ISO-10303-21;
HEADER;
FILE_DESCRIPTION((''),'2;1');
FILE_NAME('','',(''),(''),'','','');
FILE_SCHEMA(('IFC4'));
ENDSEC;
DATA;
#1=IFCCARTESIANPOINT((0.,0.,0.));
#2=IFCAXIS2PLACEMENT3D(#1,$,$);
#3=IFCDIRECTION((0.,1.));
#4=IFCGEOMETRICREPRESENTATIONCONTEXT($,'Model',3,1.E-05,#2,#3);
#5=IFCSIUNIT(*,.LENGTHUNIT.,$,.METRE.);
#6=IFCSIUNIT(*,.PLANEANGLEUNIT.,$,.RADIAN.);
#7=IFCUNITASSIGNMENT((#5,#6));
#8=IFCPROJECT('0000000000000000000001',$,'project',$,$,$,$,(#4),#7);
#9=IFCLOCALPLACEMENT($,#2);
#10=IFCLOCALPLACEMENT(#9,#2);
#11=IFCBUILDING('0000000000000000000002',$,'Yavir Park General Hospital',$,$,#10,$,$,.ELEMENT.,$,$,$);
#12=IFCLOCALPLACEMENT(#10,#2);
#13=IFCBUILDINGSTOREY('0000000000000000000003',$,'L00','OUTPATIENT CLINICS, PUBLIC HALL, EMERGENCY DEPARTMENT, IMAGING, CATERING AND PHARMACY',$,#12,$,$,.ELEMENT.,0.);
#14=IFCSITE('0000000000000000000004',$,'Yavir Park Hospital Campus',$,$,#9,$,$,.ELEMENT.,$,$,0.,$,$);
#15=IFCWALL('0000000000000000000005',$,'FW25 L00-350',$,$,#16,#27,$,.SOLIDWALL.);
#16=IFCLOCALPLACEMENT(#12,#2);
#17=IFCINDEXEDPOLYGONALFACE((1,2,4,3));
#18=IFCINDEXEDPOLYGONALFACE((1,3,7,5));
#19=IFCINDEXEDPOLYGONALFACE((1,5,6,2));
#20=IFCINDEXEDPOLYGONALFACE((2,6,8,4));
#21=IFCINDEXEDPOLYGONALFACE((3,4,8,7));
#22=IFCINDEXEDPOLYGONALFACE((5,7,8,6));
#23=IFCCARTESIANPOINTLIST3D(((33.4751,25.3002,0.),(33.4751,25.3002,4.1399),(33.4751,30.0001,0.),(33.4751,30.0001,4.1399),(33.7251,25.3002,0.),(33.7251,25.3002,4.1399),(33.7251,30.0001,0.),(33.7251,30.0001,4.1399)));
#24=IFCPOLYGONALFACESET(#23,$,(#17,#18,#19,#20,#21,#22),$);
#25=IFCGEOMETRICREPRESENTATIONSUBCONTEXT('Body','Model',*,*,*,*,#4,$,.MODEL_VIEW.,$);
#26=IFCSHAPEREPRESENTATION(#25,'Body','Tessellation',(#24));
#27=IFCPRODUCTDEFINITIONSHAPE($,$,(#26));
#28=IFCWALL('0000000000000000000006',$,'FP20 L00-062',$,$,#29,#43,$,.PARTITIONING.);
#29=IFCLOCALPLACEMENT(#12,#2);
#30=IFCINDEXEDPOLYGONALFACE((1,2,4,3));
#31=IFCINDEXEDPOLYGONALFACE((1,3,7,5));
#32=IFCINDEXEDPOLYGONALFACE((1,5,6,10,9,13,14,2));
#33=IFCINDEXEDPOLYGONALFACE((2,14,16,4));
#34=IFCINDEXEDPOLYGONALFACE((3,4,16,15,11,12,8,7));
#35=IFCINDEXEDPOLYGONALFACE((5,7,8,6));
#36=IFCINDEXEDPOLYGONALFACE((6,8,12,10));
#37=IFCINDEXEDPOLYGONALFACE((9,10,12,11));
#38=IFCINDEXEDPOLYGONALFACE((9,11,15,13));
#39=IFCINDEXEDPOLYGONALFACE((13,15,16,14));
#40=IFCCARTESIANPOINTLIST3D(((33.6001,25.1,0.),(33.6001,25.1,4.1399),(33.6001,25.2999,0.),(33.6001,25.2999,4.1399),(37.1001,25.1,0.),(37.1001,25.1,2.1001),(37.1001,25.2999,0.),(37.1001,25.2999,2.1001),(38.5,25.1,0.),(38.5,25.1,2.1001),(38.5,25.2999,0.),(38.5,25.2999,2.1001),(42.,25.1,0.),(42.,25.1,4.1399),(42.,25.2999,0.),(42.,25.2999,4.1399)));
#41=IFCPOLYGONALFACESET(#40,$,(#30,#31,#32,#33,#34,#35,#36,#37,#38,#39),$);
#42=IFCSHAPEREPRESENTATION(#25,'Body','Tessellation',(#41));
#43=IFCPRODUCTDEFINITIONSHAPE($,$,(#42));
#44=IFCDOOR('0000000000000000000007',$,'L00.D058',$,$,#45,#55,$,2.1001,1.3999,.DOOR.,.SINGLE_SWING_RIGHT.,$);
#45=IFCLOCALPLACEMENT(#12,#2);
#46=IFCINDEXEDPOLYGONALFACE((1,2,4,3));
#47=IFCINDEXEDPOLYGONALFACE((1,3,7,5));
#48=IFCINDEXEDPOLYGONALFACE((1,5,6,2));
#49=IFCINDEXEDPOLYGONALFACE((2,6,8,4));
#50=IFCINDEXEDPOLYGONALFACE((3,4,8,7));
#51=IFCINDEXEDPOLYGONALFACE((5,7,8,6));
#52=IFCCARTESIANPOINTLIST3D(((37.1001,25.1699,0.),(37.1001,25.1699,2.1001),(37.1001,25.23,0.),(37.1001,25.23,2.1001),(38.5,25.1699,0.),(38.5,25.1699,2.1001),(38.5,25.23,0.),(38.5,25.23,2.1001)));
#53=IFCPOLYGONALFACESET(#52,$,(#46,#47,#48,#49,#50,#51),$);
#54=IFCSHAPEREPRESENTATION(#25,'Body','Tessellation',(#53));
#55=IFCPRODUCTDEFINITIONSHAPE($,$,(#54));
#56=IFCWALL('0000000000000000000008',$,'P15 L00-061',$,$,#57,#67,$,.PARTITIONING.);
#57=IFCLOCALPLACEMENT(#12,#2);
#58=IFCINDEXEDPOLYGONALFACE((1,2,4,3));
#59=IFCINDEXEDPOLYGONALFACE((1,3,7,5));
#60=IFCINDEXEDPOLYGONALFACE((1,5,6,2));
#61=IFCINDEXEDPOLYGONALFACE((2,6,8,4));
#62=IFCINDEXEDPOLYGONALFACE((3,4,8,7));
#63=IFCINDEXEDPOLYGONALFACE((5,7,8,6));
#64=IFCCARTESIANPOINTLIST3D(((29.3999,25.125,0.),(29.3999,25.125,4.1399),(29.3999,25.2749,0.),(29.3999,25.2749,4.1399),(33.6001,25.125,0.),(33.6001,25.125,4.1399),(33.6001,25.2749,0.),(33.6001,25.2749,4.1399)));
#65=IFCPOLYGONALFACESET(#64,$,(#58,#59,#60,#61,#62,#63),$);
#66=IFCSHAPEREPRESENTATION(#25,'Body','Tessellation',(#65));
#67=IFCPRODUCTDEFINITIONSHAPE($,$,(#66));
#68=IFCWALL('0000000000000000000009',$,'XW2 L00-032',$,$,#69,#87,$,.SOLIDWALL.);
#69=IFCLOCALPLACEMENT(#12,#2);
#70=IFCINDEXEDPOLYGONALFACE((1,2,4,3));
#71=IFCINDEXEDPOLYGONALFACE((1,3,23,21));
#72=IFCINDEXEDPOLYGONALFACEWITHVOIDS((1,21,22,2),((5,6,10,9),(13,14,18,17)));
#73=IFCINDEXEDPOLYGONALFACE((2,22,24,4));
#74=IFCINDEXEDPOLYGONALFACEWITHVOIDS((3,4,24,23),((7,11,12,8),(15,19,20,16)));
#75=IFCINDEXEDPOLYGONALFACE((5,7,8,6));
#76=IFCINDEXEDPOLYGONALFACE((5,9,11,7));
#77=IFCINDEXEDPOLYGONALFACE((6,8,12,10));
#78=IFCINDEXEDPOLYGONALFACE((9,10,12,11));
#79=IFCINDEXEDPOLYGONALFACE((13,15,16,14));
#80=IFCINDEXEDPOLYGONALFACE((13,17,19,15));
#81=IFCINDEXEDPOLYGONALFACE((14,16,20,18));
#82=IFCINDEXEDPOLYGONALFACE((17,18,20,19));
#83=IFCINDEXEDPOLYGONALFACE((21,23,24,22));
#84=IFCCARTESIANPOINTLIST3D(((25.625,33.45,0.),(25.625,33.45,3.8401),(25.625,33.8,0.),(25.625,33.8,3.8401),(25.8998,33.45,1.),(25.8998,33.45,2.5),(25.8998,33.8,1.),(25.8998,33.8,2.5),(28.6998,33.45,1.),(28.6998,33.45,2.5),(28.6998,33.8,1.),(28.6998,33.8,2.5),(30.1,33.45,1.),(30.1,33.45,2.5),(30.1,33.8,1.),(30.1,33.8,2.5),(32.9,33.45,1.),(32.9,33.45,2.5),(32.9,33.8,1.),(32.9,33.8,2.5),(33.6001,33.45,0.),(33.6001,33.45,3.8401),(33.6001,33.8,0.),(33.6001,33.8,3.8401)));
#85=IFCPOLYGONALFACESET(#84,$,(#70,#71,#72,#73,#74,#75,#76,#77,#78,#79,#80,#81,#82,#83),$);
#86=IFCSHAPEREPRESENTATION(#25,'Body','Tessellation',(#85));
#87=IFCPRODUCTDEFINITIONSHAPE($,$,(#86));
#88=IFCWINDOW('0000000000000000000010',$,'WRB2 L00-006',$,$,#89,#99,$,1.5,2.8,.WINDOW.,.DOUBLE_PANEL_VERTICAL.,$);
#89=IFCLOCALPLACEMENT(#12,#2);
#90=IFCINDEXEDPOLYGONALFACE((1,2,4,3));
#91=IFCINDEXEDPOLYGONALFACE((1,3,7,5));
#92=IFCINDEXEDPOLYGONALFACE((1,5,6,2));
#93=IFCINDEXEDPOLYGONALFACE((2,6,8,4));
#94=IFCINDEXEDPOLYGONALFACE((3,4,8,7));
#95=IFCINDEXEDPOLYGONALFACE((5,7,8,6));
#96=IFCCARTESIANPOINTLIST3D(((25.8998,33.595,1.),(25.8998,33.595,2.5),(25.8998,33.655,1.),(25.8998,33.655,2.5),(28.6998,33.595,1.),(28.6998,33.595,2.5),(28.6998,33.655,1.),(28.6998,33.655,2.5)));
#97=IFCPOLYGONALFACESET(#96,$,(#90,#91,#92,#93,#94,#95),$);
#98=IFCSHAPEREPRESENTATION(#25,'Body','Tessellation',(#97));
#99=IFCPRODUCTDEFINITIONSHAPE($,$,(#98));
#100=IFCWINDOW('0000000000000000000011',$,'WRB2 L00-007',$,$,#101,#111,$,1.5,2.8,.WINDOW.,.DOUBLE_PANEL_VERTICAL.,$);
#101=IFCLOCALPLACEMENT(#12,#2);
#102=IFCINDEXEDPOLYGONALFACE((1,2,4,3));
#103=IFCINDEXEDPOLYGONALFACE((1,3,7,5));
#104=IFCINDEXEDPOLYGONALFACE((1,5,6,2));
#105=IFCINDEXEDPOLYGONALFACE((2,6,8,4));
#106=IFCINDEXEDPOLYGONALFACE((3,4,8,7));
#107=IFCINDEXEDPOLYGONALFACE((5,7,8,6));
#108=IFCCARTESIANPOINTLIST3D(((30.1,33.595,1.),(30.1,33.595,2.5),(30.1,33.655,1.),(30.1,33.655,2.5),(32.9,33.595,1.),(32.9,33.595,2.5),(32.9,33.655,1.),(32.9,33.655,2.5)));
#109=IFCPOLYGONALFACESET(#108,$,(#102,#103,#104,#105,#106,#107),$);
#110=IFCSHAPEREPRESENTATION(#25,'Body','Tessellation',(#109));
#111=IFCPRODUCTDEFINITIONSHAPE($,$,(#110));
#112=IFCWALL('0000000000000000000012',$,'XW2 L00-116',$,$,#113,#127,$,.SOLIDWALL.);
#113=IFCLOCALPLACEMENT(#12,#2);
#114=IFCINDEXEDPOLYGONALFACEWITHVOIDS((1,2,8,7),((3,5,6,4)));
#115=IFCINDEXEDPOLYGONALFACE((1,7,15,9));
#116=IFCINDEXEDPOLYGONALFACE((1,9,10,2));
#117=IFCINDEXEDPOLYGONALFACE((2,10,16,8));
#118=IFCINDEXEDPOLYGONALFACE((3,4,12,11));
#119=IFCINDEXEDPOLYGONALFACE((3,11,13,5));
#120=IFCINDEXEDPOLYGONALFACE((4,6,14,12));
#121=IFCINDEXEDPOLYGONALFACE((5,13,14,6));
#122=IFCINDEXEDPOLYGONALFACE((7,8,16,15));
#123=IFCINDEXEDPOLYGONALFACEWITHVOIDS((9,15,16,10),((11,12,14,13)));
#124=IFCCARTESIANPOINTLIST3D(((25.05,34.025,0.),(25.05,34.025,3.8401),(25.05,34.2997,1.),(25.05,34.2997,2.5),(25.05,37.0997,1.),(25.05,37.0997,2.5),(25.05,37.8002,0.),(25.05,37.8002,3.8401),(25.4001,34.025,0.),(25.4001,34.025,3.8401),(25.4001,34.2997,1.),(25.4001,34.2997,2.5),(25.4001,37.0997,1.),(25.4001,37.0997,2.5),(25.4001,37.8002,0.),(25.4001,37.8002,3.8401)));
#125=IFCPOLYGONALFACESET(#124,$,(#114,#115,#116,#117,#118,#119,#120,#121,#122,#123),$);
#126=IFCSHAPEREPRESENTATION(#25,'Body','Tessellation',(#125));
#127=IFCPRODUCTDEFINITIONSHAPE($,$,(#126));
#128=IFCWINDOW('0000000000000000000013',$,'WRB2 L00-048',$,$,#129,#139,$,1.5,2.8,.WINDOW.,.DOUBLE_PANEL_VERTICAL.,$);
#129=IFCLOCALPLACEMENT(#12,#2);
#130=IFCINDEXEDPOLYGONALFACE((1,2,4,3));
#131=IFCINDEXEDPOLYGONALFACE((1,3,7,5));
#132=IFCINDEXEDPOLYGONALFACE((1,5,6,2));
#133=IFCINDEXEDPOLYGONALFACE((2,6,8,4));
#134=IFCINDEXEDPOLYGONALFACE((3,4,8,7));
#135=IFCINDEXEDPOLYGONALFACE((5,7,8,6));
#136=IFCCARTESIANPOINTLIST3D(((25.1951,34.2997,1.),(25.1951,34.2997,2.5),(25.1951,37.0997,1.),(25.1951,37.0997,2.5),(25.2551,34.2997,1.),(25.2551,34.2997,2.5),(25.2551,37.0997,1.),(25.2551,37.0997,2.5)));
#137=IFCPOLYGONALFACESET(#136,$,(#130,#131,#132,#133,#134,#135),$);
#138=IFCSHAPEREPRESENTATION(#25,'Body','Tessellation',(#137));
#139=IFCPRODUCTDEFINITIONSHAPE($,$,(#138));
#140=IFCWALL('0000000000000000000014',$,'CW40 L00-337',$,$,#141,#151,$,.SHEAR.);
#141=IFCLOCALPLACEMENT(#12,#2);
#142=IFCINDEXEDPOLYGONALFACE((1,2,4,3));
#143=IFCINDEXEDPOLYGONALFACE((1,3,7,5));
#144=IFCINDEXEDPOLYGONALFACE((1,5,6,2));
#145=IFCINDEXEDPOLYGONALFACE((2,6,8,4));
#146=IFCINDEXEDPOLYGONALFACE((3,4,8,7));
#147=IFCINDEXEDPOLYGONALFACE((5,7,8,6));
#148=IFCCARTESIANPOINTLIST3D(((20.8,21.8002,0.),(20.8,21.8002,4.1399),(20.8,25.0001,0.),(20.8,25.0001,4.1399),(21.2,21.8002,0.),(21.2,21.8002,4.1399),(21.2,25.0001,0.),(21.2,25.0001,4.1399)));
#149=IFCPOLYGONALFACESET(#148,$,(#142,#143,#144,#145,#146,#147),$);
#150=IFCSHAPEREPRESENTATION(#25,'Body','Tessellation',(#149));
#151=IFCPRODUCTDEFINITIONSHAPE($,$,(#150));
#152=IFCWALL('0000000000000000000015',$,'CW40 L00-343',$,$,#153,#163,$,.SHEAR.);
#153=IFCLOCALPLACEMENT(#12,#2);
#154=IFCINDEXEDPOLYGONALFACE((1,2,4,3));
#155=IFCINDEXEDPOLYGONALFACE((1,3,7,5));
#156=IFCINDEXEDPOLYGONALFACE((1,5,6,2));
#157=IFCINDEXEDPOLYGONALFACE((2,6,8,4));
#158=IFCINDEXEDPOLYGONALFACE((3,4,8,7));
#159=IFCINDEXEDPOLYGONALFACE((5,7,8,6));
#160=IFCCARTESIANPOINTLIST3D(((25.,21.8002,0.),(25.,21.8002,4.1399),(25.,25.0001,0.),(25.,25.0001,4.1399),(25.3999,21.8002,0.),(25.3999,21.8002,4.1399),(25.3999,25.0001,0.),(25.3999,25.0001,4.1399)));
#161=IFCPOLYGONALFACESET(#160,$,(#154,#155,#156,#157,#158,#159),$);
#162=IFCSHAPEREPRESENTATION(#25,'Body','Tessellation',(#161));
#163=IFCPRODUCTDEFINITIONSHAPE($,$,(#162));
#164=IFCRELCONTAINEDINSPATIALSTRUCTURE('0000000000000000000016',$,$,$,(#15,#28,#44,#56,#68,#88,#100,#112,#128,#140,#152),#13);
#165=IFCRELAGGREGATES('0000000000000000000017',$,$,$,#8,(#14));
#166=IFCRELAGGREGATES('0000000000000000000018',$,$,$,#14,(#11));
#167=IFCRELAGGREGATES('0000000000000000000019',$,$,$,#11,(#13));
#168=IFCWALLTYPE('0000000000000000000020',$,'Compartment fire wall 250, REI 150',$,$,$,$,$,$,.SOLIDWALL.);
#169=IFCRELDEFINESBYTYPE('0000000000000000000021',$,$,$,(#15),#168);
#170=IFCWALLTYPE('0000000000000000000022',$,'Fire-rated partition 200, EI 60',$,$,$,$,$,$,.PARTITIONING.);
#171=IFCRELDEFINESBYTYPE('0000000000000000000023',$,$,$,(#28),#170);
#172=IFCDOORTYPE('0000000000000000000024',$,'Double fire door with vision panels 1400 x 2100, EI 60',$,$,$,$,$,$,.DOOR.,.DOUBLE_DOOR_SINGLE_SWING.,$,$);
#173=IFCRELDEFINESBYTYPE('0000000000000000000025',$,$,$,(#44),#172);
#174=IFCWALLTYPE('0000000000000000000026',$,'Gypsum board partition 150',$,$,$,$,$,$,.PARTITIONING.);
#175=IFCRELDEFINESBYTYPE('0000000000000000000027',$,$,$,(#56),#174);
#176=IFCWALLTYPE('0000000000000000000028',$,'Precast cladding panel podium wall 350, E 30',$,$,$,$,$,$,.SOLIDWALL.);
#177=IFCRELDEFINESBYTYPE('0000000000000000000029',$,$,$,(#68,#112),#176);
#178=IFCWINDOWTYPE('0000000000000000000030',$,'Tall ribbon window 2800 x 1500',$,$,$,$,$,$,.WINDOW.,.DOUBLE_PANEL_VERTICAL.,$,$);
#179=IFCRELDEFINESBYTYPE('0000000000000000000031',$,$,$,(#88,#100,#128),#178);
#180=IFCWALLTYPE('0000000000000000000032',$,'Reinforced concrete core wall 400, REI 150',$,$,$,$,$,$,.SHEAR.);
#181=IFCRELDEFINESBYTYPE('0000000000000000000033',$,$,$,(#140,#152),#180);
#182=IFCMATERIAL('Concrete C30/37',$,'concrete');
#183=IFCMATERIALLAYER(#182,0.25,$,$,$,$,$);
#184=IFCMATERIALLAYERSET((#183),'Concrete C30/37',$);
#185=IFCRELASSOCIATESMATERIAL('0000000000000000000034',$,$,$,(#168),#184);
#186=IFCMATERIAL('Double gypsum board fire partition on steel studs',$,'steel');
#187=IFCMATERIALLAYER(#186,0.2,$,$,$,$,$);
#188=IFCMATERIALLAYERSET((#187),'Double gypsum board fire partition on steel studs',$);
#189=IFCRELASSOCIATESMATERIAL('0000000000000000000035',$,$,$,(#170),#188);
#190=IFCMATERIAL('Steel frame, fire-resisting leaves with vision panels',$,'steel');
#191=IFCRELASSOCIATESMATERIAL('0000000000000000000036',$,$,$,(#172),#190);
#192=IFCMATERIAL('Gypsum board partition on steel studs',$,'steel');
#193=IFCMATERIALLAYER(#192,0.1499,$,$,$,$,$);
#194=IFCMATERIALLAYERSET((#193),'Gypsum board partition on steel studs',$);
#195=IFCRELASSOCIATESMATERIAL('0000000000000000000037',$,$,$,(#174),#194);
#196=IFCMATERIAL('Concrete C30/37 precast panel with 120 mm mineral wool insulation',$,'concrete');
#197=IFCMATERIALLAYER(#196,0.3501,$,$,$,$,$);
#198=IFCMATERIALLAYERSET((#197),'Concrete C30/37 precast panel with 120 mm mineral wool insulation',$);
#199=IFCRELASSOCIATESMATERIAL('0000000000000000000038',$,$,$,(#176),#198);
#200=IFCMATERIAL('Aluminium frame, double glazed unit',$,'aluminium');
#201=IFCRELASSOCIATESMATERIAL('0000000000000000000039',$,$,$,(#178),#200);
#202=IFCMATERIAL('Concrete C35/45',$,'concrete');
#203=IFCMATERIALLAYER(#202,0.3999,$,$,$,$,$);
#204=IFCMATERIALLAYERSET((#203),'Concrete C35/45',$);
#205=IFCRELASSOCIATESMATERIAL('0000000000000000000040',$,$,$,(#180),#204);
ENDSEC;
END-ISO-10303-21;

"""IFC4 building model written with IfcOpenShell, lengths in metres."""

from ifc_helpers import new_model, si_unit, direction, frame, frame_2d, origin, place, context, subcontext, project, spatial, rectangle, extrude, material, layer, layer_set, type_object, element, fill, save


model = new_model("IFC4")

# Units and contexts
model_context = context("Model", 3, precision=1e-05, world=origin(), true_north=direction((0.0, 1.0)))
body_context = subcontext(model_context, "Body", "Model", "MODEL_VIEW")
ifc_project = project(units=[si_unit("LENGTHUNIT", "METRE"), si_unit("PLANEANGLEUNIT", "RADIAN")], contexts=[model_context])

# Site, building, storey
site_placement = place(None, origin())
site = spatial("IfcSite", under=ifc_project, at=site_placement, Name="Yavir Park Hospital Campus", CompositionType="ELEMENT", RefElevation=0.0)
building_placement = place(site_placement, origin())
building = spatial("IfcBuilding", under=site, at=building_placement, Name="Yavir Park General Hospital", CompositionType="ELEMENT")
storey_placement = place(building_placement, origin())
storey = spatial("IfcBuildingStorey", under=building, at=storey_placement, Name="L00", Description="OUTPATIENT CLINICS, PUBLIC HALL, EMERGENCY DEPARTMENT, IMAGING, CATERING AND PHARMACY", CompositionType="ELEMENT", Elevation=0.0)

# Wall
ifc_material_1 = material(Name="Concrete C30/37", Category="concrete")
ifc_layer_1 = layer(ifc_material_1, 0.25)
ifc_layer_set_1 = layer_set([ifc_layer_1], Name="Concrete C30/37")
wall_type_1 = type_object("IfcWallType", Name="Compartment fire wall 250, REI 150", PredefinedType="SOLIDWALL", material=ifc_layer_set_1)
wall_1_placement = place(storey_placement, frame((33.6001, 25.3, 0.0), z_axis=(0.0, 0.0, 1.0), x_axis=(0.0, 1.0, 0.0)))
element("IfcWall", 1, at=wall_1_placement, inside=storey, type_object=wall_type_1, Name="FW25 L00-350", PredefinedType="SOLIDWALL", context=body_context, shape_type="SweptSolid", body=[
    extrude(rectangle(XDim=4.7, YDim=0.25, at=frame_2d((2.3501, 0.0))), origin(), (0.0, 0.0, 1.0), 4.1399),
])

# Wall, opening, door
ifc_material_2 = material(Name="Double gypsum board fire partition on steel studs", Category="steel")
ifc_layer_2 = layer(ifc_material_2, 0.2)
ifc_layer_set_2 = layer_set([ifc_layer_2], Name="Double gypsum board fire partition on steel studs")
wall_type_2 = type_object("IfcWallType", Name="Fire-rated partition 200, EI 60", PredefinedType="PARTITIONING", material=ifc_layer_set_2)
wall_2_placement = place(storey_placement, frame((33.6001, 25.2, 0.0), z_axis=(0.0, 0.0, 1.0), x_axis=(1.0, 0.0, 0.0)))
wall_2 = element("IfcWall", 2, at=wall_2_placement, inside=storey, type_object=wall_type_2, Name="FP20 L00-062", PredefinedType="PARTITIONING", context=body_context, shape_type="SweptSolid", body=[
    extrude(rectangle(XDim=8.3999, YDim=0.2, at=frame_2d((4.2, 0.0))), origin(), (0.0, 0.0, 1.0), 4.1399),
])
opening_1_placement = place(wall_2_placement, frame((3.5, 0.0, 0.0)))
opening_1 = element("IfcOpeningElement", 3, at=opening_1_placement, cuts=wall_2, PredefinedType="OPENING", context=body_context, shape_type="SweptSolid", body=[
    extrude(rectangle(XDim=1.3999, YDim=2.1001, at=frame_2d((0.7, 1.05))), frame((0.0, 0.1099, 0.0), z_axis=(0.0, -1.0, 0.0), x_axis=(1.0, 0.0, 0.0)), (0.0, 0.0, 1.0), 0.22),
])
ifc_material_3 = material(Name="Steel frame, fire-resisting leaves with vision panels", Category="steel")
door_type_1 = type_object("IfcDoorType", Name="Double fire door with vision panels 1400 x 2100, EI 60", OperationType="DOUBLE_DOOR_SINGLE_SWING", PredefinedType="DOOR", material=ifc_material_3)
door_1_placement = place(opening_1_placement, origin())
door_1 = element("IfcDoor", 4, at=door_1_placement, inside=storey, type_object=door_type_1, Name="L00.D058", OperationType="SINGLE_SWING_RIGHT", OverallHeight=2.1001, OverallWidth=1.3999, PredefinedType="DOOR", context=body_context, shape_type="SweptSolid", body=[
    extrude(rectangle(XDim=1.3999, YDim=2.1001, at=frame_2d((0.7, 1.05))), frame((0.0, 0.03, 0.0), z_axis=(0.0, -1.0, 0.0), x_axis=(1.0, 0.0, 0.0)), (0.0, 0.0, 1.0), 0.0601),
])
fill(opening_1, door_1)

# Wall
ifc_material_4 = material(Name="Gypsum board partition on steel studs", Category="steel")
ifc_layer_3 = layer(ifc_material_4, 0.1499)
ifc_layer_set_3 = layer_set([ifc_layer_3], Name="Gypsum board partition on steel studs")
wall_type_3 = type_object("IfcWallType", Name="Gypsum board partition 150", PredefinedType="PARTITIONING", material=ifc_layer_set_3)
wall_3_placement = place(storey_placement, frame((29.3999, 25.2, 0.0), z_axis=(0.0, 0.0, 1.0), x_axis=(1.0, 0.0, 0.0)))
element("IfcWall", 5, at=wall_3_placement, inside=storey, type_object=wall_type_3, Name="P15 L00-061", PredefinedType="PARTITIONING", context=body_context, shape_type="SweptSolid", body=[
    extrude(rectangle(XDim=4.2002, YDim=0.1499, at=frame_2d((2.1001, 0.0))), origin(), (0.0, 0.0, 1.0), 4.1399),
])

# Wall, openings, windows
ifc_material_5 = material(Name="Concrete C30/37 precast panel with 120 mm mineral wool insulation", Category="concrete")
ifc_layer_4 = layer(ifc_material_5, 0.3501)
ifc_layer_set_4 = layer_set([ifc_layer_4], Name="Concrete C30/37 precast panel with 120 mm mineral wool insulation")
wall_type_4 = type_object("IfcWallType", Name="Precast cladding panel podium wall 350, E 30", PredefinedType="SOLIDWALL", material=ifc_layer_set_4)
wall_4_placement = place(storey_placement, frame((25.625, 33.625, 0.0), z_axis=(0.0, 0.0, 1.0), x_axis=(1.0, 0.0, 0.0)))
wall_4 = element("IfcWall", 6, at=wall_4_placement, inside=storey, type_object=wall_type_4, Name="XW2 L00-032", PredefinedType="SOLIDWALL", context=body_context, shape_type="SweptSolid", body=[
    extrude(rectangle(XDim=7.9751, YDim=0.3501, at=frame_2d((3.9875, 0.0))), origin(), (0.0, 0.0, 1.0), 3.8401),
])
opening_2_placement = place(wall_4_placement, frame((0.2749, 0.0, 1.0)))
opening_2 = element("IfcOpeningElement", 7, at=opening_2_placement, cuts=wall_4, PredefinedType="OPENING", context=body_context, shape_type="SweptSolid", body=[
    extrude(rectangle(XDim=2.8, YDim=1.5, at=frame_2d((1.3999, 0.75))), frame((0.0, 0.1851, 0.0), z_axis=(0.0, -1.0, 0.0), x_axis=(1.0, 0.0, 0.0)), (0.0, 0.0, 1.0), 0.3701),
])
opening_3_placement = place(wall_4_placement, frame((4.4751, 0.0, 1.0)))
opening_3 = element("IfcOpeningElement", 8, at=opening_3_placement, cuts=wall_4, PredefinedType="OPENING", context=body_context, shape_type="SweptSolid", body=[
    extrude(rectangle(XDim=2.8, YDim=1.5, at=frame_2d((1.3999, 0.75))), frame((0.0, 0.1851, 0.0), z_axis=(0.0, -1.0, 0.0), x_axis=(1.0, 0.0, 0.0)), (0.0, 0.0, 1.0), 0.3701),
])
ifc_material_6 = material(Name="Aluminium frame, double glazed unit", Category="aluminium")
window_type = type_object("IfcWindowType", Name="Tall ribbon window 2800 x 1500", PartitioningType="DOUBLE_PANEL_VERTICAL", PredefinedType="WINDOW", material=ifc_material_6)
window_1_placement = place(opening_2_placement, origin())
window_1 = element("IfcWindow", 9, at=window_1_placement, inside=storey, type_object=window_type, Name="WRB2 L00-006", OverallHeight=1.5, OverallWidth=2.8, PartitioningType="DOUBLE_PANEL_VERTICAL", PredefinedType="WINDOW", context=body_context, shape_type="SweptSolid", body=[
    extrude(rectangle(XDim=2.8, YDim=1.5, at=frame_2d((1.3999, 0.75))), frame((0.0, 0.03, 0.0), z_axis=(0.0, -1.0, 0.0), x_axis=(1.0, 0.0, 0.0)), (0.0, 0.0, 1.0), 0.0601),
])
fill(opening_2, window_1)
window_2_placement = place(opening_3_placement, origin())
window_2 = element("IfcWindow", 10, at=window_2_placement, inside=storey, type_object=window_type, Name="WRB2 L00-007", OverallHeight=1.5, OverallWidth=2.8, PartitioningType="DOUBLE_PANEL_VERTICAL", PredefinedType="WINDOW", context=body_context, shape_type="SweptSolid", body=[
    extrude(rectangle(XDim=2.8, YDim=1.5, at=frame_2d((1.3999, 0.75))), frame((0.0, 0.03, 0.0), z_axis=(0.0, -1.0, 0.0), x_axis=(1.0, 0.0, 0.0)), (0.0, 0.0, 1.0), 0.0601),
])
fill(opening_3, window_2)

# Wall, opening, window
wall_5_placement = place(storey_placement, frame((25.2251, 34.0249, 0.0), z_axis=(0.0, 0.0, 1.0), x_axis=(0.0, 1.0, 0.0)))
wall_5 = element("IfcWall", 11, at=wall_5_placement, inside=storey, type_object=wall_type_4, Name="XW2 L00-116", PredefinedType="SOLIDWALL", context=body_context, shape_type="SweptSolid", body=[
    extrude(rectangle(XDim=3.7751, YDim=0.3501, at=frame_2d((1.8877, 0.0))), origin(), (0.0, 0.0, 1.0), 3.8401),
])
opening_4_placement = place(wall_5_placement, frame((0.2749, 0.0, 1.0)))
opening_4 = element("IfcOpeningElement", 12, at=opening_4_placement, cuts=wall_5, PredefinedType="OPENING", context=body_context, shape_type="SweptSolid", body=[
    extrude(rectangle(XDim=2.8, YDim=1.5, at=frame_2d((1.3999, 0.75))), frame((0.0, 0.1851, 0.0), z_axis=(0.0, -1.0, 0.0), x_axis=(1.0, 0.0, 0.0)), (0.0, 0.0, 1.0), 0.3701),
])
window_3_placement = place(opening_4_placement, origin())
window_3 = element("IfcWindow", 13, at=window_3_placement, inside=storey, type_object=window_type, Name="WRB2 L00-048", OverallHeight=1.5, OverallWidth=2.8, PartitioningType="DOUBLE_PANEL_VERTICAL", PredefinedType="WINDOW", context=body_context, shape_type="SweptSolid", body=[
    extrude(rectangle(XDim=2.8, YDim=1.5, at=frame_2d((1.3999, 0.75))), frame((0.0, 0.03, 0.0), z_axis=(0.0, -1.0, 0.0), x_axis=(1.0, 0.0, 0.0)), (0.0, 0.0, 1.0), 0.0601),
])
fill(opening_4, window_3)

# Walls
ifc_material_7 = material(Name="Concrete C35/45", Category="concrete")
ifc_layer_5 = layer(ifc_material_7, 0.3999)
ifc_layer_set_5 = layer_set([ifc_layer_5], Name="Concrete C35/45")
wall_type_5 = type_object("IfcWallType", Name="Reinforced concrete core wall 400, REI 150", PredefinedType="SHEAR", material=ifc_layer_set_5)
for number, where, z_axis, x_axis, name in (
    (14, (21.0, 21.8, 0.0), (0.0, 0.0, 1.0), (0.0, 1.0, 0.0), "CW40 L00-337"),
    (15, (25.2, 21.8, 0.0), (0.0, 0.0, 1.0), (0.0, 1.0, 0.0), "CW40 L00-343"),
):
    element("IfcWall", number, at=place(storey_placement, frame(where, z_axis=z_axis, x_axis=x_axis)), inside=storey, type_object=wall_type_5, Name=name, PredefinedType="SHEAR", context=body_context, shape_type="SweptSolid", body=[
        extrude(rectangle(XDim=3.2, YDim=0.3999, at=frame_2d((1.6001, 0.0))), origin(), (0.0, 0.0, 1.0), 4.1399),
    ])

save(model, "model.ifc")
